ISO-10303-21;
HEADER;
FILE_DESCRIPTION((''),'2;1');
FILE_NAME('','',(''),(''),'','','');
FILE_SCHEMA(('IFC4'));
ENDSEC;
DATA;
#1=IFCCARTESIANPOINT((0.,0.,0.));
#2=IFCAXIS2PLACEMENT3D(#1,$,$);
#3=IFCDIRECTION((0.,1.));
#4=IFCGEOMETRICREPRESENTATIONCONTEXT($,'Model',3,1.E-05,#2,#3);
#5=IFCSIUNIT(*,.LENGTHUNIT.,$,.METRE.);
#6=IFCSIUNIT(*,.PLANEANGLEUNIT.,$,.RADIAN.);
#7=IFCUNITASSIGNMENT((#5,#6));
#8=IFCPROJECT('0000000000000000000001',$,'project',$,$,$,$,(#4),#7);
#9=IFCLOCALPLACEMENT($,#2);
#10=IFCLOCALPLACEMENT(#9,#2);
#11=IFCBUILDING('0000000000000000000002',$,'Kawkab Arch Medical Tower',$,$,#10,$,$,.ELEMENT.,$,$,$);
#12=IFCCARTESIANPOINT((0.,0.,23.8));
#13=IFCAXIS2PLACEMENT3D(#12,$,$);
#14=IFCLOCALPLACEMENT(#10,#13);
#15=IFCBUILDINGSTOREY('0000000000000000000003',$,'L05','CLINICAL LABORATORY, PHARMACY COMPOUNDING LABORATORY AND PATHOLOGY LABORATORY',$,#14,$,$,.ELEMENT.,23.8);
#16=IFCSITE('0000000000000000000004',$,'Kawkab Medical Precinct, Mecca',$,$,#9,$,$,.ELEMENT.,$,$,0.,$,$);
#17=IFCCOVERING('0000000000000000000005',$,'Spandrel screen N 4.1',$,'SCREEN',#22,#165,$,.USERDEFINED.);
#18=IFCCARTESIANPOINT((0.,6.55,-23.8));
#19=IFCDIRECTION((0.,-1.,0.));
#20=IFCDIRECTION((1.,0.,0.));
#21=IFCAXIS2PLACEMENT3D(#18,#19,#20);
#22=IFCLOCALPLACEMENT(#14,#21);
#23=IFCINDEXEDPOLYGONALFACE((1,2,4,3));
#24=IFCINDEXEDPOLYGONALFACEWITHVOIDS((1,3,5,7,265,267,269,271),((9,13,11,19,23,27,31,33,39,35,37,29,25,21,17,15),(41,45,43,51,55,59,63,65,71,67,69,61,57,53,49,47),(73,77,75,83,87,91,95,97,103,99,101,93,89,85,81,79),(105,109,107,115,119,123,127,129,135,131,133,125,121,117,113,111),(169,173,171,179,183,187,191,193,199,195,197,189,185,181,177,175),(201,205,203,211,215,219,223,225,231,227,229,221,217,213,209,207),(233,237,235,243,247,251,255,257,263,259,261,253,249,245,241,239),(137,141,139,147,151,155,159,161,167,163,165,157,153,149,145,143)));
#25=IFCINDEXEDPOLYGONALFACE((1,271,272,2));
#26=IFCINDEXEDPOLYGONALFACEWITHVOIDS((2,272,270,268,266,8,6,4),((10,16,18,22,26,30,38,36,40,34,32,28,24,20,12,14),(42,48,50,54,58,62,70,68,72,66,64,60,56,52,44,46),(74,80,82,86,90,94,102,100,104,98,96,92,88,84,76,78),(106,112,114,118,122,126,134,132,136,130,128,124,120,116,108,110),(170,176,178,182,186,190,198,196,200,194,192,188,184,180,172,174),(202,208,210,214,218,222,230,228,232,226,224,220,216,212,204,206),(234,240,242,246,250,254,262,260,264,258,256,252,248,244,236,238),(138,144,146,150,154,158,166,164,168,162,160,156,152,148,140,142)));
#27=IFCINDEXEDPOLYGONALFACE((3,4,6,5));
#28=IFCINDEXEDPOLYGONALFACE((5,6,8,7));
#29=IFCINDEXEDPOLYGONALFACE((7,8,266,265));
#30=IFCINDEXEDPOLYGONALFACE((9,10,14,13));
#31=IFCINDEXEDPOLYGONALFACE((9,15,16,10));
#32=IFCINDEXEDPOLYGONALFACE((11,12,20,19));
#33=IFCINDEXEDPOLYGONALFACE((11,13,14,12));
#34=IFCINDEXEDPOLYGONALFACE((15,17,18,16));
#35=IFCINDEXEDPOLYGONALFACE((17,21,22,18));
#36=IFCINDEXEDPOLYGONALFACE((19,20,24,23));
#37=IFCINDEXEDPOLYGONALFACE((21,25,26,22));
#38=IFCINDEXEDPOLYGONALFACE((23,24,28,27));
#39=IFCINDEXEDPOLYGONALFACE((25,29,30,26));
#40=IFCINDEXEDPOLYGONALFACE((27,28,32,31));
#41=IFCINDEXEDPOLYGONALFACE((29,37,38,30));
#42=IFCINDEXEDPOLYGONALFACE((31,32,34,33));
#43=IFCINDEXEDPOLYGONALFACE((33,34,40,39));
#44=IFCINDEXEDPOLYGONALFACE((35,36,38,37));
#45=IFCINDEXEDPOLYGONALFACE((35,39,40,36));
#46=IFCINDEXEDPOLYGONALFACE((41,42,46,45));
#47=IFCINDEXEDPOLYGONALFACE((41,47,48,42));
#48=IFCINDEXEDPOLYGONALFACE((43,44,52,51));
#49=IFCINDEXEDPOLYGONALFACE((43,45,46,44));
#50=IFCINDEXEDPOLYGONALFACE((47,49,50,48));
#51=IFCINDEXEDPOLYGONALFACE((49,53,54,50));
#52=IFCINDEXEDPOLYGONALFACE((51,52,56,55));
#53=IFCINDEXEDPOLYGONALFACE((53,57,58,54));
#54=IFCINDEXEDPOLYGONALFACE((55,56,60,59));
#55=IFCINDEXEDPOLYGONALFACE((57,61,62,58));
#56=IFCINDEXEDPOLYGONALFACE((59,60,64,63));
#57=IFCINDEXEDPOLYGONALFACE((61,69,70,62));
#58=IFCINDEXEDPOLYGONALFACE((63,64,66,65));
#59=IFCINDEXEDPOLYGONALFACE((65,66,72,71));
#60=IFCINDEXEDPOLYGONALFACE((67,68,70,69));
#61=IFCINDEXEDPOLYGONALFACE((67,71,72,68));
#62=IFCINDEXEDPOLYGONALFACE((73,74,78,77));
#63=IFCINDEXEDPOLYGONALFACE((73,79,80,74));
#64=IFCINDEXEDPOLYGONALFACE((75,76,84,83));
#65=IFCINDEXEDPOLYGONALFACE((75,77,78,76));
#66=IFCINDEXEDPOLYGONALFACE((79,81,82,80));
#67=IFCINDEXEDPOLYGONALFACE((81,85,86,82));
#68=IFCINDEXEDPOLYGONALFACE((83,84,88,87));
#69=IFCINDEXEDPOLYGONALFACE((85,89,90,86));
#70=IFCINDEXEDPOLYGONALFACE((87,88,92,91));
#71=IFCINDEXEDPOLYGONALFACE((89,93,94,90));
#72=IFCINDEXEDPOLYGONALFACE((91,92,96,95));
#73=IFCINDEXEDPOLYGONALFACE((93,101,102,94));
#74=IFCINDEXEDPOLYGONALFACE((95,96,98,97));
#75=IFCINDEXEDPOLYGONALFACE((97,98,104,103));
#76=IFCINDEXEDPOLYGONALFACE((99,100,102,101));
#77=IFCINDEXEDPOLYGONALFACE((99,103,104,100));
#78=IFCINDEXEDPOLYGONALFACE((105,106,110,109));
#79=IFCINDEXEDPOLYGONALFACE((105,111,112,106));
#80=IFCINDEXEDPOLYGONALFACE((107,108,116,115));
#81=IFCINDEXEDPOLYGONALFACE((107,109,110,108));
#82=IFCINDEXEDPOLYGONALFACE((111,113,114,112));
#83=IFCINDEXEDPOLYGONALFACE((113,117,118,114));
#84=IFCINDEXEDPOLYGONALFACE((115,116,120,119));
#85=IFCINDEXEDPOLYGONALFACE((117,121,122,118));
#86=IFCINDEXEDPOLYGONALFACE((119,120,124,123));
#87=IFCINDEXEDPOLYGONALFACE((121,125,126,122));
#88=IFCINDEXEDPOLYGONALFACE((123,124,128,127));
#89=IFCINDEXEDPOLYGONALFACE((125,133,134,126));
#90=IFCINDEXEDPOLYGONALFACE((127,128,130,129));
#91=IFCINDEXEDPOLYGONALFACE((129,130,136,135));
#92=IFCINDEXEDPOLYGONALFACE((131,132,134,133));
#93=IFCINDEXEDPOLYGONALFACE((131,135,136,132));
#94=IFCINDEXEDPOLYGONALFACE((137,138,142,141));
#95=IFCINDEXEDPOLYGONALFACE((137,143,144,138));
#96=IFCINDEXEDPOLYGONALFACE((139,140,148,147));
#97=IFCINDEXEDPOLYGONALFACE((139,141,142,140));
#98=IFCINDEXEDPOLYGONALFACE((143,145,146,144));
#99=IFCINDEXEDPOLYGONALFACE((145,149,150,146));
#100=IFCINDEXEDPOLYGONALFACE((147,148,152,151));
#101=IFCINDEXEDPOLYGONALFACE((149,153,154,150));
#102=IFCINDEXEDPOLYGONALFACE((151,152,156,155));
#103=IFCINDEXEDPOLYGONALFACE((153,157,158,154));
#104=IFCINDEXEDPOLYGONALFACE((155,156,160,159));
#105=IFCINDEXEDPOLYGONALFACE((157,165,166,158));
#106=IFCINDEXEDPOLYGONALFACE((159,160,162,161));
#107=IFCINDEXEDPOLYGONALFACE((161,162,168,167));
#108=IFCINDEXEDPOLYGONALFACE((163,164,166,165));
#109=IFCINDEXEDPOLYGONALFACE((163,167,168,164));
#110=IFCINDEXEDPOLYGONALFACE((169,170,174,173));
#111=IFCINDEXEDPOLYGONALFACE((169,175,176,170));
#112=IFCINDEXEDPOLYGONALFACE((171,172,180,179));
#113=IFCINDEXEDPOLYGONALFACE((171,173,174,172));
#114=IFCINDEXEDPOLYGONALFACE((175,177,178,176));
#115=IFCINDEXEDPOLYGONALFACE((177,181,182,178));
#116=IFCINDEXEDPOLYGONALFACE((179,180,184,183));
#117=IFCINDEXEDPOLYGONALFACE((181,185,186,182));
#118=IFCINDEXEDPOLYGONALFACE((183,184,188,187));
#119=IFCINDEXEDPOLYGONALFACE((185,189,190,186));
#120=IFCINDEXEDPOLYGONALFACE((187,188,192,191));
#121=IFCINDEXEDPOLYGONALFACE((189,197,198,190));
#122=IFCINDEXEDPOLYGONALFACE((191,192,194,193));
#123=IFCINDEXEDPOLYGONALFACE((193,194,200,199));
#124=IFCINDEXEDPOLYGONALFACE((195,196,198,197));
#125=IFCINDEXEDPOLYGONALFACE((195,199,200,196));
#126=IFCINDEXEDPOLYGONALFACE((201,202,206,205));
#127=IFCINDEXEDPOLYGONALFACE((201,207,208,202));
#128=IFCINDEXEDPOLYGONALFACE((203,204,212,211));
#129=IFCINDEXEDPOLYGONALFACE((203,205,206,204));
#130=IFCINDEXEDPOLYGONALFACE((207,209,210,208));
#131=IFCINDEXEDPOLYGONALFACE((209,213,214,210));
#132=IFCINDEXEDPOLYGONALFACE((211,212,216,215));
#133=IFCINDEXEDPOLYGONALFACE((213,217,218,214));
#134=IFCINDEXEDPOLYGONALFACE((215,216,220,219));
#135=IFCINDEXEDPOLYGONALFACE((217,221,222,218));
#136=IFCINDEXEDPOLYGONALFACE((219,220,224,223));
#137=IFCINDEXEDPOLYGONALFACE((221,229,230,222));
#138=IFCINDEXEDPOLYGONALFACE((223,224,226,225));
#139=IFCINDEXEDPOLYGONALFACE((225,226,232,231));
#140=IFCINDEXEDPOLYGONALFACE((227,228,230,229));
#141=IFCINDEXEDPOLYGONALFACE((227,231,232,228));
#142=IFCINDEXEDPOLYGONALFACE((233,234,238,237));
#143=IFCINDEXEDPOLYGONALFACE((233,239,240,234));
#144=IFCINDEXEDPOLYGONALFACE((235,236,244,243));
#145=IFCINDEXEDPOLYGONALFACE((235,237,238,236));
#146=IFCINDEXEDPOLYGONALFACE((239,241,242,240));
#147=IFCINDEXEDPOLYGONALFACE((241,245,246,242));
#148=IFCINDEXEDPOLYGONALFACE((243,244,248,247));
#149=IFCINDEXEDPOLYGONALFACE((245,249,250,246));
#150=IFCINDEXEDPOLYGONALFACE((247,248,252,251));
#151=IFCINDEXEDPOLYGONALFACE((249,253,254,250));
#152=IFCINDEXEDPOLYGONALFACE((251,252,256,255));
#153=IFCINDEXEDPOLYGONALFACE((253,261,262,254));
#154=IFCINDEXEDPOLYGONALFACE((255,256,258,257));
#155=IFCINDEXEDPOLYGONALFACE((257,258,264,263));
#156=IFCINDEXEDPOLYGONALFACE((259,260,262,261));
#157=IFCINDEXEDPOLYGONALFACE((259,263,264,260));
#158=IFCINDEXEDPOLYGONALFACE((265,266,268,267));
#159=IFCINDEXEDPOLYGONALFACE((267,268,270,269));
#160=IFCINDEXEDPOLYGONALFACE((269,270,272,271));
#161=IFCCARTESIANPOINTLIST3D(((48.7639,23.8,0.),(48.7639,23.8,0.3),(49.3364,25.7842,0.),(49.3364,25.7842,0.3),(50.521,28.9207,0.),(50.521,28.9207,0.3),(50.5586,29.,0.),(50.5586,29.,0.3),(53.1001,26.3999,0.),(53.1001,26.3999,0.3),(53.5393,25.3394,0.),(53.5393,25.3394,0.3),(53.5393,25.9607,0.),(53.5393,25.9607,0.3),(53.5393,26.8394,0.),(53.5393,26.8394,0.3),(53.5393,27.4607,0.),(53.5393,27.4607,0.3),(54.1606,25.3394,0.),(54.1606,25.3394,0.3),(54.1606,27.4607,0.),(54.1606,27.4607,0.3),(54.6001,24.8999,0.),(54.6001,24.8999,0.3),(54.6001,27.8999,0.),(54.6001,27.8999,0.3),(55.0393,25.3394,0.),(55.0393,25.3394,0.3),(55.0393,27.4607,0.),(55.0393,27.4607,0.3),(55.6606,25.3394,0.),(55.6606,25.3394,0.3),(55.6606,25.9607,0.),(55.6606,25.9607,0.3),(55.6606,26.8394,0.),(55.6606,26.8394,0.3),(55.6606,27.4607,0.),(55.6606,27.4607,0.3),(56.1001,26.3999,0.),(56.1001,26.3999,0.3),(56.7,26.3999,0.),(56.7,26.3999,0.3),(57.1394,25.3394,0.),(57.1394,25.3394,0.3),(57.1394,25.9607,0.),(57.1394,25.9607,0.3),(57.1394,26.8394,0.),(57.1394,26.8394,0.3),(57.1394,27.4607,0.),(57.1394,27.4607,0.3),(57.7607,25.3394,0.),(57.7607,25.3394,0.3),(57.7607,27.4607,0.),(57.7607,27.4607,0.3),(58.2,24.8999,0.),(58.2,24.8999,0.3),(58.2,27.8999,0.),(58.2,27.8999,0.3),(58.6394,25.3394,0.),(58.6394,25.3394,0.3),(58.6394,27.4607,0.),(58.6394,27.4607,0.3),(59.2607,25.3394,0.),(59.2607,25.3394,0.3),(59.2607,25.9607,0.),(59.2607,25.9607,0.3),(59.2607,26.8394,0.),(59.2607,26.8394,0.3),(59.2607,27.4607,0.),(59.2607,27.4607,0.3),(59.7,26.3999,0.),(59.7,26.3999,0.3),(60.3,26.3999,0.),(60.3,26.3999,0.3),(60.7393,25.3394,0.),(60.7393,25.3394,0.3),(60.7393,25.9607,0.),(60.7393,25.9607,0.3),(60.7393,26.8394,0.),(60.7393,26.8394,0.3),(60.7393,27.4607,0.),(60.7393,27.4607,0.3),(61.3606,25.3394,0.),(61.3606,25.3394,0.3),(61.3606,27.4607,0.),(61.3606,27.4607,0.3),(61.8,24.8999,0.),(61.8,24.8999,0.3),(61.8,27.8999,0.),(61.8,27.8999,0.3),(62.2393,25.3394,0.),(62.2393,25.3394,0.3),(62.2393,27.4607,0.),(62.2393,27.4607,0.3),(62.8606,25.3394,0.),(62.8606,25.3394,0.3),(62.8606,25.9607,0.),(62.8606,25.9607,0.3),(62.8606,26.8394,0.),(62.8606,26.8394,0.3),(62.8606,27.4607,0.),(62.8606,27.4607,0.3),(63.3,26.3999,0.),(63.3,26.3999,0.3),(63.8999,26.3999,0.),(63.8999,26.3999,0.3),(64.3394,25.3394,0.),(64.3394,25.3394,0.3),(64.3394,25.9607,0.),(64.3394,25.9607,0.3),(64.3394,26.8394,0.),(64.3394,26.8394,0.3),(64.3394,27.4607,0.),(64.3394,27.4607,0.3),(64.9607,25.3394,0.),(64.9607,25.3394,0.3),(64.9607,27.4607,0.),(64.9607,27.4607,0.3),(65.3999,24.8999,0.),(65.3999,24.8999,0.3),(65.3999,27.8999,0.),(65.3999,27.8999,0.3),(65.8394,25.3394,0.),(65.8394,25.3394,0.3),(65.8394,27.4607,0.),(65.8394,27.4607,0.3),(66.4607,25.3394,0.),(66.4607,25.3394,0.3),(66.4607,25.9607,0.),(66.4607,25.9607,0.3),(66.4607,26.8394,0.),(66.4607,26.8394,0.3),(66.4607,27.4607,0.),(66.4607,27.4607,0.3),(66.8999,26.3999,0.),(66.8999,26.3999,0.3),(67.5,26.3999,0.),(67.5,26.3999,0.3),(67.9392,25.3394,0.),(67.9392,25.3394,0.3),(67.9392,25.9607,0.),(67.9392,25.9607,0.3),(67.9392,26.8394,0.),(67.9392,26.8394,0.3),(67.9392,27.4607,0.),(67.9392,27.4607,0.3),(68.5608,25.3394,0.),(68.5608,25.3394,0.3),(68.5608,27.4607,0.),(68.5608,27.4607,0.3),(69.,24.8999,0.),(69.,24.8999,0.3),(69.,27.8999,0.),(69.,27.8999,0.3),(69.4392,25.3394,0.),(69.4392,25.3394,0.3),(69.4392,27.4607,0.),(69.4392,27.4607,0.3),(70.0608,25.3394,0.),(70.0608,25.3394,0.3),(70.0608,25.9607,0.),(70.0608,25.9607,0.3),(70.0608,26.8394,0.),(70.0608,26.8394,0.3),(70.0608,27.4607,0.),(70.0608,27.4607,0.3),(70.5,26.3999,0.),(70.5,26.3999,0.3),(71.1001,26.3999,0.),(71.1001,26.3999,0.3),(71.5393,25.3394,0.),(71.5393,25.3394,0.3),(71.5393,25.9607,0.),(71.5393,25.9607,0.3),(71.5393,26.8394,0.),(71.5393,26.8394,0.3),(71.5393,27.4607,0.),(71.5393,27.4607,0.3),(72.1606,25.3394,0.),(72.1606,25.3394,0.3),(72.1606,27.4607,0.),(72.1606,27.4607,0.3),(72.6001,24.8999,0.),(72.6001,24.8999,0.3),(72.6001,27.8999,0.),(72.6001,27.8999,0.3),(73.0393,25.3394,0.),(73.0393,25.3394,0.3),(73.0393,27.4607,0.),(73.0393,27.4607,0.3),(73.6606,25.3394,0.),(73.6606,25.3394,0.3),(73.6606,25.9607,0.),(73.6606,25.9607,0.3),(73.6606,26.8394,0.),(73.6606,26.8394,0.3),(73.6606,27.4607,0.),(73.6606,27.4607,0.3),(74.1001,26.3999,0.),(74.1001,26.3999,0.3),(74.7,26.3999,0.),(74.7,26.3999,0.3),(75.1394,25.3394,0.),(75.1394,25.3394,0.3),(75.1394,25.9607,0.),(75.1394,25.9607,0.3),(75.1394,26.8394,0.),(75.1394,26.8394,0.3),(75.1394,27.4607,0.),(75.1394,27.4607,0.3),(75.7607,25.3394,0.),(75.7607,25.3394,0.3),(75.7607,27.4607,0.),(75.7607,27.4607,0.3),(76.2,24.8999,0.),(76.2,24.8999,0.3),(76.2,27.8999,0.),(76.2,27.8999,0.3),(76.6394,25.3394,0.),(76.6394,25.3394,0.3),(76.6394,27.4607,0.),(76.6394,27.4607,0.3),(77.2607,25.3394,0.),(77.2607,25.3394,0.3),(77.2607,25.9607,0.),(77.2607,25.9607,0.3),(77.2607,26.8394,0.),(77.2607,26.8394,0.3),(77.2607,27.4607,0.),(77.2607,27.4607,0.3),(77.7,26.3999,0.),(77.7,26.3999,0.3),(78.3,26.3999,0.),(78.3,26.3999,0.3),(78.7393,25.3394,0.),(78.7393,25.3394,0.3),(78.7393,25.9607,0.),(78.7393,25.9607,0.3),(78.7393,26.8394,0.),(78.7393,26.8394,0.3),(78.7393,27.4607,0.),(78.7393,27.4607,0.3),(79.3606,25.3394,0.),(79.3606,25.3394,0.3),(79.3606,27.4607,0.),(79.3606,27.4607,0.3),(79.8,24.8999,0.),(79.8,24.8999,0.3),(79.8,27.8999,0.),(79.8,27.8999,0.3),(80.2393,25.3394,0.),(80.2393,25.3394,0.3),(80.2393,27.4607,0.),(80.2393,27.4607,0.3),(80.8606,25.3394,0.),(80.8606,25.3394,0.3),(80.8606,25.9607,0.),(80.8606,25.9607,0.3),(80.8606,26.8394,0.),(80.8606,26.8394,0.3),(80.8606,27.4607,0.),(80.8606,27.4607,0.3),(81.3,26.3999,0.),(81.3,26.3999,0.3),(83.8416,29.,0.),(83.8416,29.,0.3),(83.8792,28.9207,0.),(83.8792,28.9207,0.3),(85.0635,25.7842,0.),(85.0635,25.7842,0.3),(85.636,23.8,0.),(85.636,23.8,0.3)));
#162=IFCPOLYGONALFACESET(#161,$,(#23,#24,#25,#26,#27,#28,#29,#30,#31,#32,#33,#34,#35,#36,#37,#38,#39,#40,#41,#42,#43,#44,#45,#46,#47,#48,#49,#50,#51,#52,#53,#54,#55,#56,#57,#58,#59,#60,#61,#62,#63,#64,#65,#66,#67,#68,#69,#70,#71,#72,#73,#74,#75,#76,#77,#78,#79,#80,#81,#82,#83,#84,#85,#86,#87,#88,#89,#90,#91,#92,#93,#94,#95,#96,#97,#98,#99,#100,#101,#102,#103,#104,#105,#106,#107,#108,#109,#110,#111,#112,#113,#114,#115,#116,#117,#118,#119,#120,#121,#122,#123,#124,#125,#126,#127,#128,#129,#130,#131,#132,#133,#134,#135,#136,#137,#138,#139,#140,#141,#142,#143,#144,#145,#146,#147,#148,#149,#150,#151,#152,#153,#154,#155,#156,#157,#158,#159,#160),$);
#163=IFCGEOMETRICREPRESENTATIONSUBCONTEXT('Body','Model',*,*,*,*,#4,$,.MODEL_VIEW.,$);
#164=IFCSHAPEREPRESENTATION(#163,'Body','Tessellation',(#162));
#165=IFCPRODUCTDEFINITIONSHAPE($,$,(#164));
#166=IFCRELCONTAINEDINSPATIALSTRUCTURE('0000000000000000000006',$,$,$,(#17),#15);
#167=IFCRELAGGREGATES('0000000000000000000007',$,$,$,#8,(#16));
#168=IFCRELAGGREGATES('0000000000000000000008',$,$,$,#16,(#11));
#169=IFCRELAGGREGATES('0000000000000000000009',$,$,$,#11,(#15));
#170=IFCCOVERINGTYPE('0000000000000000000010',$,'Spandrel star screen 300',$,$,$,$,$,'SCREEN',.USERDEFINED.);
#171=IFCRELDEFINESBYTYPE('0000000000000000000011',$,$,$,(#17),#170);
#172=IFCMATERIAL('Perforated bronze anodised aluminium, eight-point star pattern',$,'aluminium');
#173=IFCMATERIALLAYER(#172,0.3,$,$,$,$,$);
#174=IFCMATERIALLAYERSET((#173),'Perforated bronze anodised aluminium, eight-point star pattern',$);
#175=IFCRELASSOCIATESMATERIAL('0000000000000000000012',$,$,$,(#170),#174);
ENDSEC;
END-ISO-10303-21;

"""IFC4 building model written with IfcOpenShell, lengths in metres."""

from ifc_helpers import new_model, si_unit, direction, frame, origin, place, context, subcontext, project, spatial, polyline, outline, extrude, material, layer, layer_set, type_object, element, save


model = new_model("IFC4")

# Units and contexts
model_context = context("Model", 3, precision=1e-05, world=origin(), true_north=direction((0.0, 1.0)))
body_context = subcontext(model_context, "Body", "Model", "MODEL_VIEW")
ifc_project = project(units=[si_unit("LENGTHUNIT", "METRE"), si_unit("PLANEANGLEUNIT", "RADIAN")], contexts=[model_context])

# Site, building, storey
site_placement = place(None, origin())
site = spatial("IfcSite", under=ifc_project, at=site_placement, Name="Kawkab Medical Precinct, Mecca", CompositionType="ELEMENT", RefElevation=0.0)
building_placement = place(site_placement, origin())
building = spatial("IfcBuilding", under=site, at=building_placement, Name="Kawkab Arch Medical Tower", CompositionType="ELEMENT")
storey_placement = place(building_placement, frame((0.0, 0.0, 23.8)))
storey = spatial("IfcBuildingStorey", under=building, at=storey_placement, Name="L05", Description="CLINICAL LABORATORY, PHARMACY COMPOUNDING LABORATORY AND PATHOLOGY LABORATORY", CompositionType="ELEMENT", Elevation=23.8)

# Covering
ifc_material_1 = material(Name="Perforated bronze anodised aluminium, eight-point star pattern", Category="aluminium")
ifc_layer = layer(ifc_material_1, 0.3)
ifc_layer_set = layer_set([ifc_layer], Name="Perforated bronze anodised aluminium, eight-point star pattern")
covering_type = type_object("IfcCoveringType", Name="Spandrel star screen 300", ElementType="SCREEN", PredefinedType="USERDEFINED", material=ifc_layer_set)
covering_placement = place(storey_placement, frame((0.0, 6.55, -23.8), z_axis=(0.0, -1.0, 0.0), x_axis=(1.0, 0.0, 0.0)))
element("IfcCovering", 1, at=covering_placement, inside=storey, type_object=covering_type, Name="Spandrel screen N 4.1", ObjectType="SCREEN", PredefinedType="USERDEFINED", context=body_context, shape_type="SweptSolid", body=[
    extrude(outline(polyline([(48.7639, 23.8), (85.636, 23.8), (85.0635, 25.7842), (83.8792, 28.9207), (83.8416, 29.0), (50.5586, 29.0), (50.521, 28.9207), (49.3364, 25.7842), (48.7639, 23.8)]), holes=[polyline([(56.1001, 26.3999), (55.6606, 26.8394), (55.6606, 27.4607), (55.0393, 27.4607), (54.6001, 27.8999), (54.1606, 27.4607), (53.5393, 27.4607), (53.5393, 26.8394), (53.1001, 26.3999), (53.5393, 25.9607), (53.5393, 25.3394), (54.1606, 25.3394), (54.6001, 24.8999), (55.0393, 25.3394), (55.6606, 25.3394), (55.6606, 25.9607), (56.1001, 26.3999)]), polyline([(59.7, 26.3999), (59.2607, 26.8394), (59.2607, 27.4607), (58.6394, 27.4607), (58.2, 27.8999), (57.7607, 27.4607), (57.1394, 27.4607), (57.1394, 26.8394), (56.7, 26.3999), (57.1394, 25.9607), (57.1394, 25.3394), (57.7607, 25.3394), (58.2, 24.8999), (58.6394, 25.3394), (59.2607, 25.3394), (59.2607, 25.9607), (59.7, 26.3999)]), polyline([(63.3, 26.3999), (62.8606, 26.8394), (62.8606, 27.4607), (62.2393, 27.4607), (61.8, 27.8999), (61.3606, 27.4607), (60.7393, 27.4607), (60.7393, 26.8394), (60.3, 26.3999), (60.7393, 25.9607), (60.7393, 25.3394), (61.3606, 25.3394), (61.8, 24.8999), (62.2393, 25.3394), (62.8606, 25.3394), (62.8606, 25.9607), (63.3, 26.3999)]), polyline([(66.8999, 26.3999), (66.4607, 26.8394), (66.4607, 27.4607), (65.8394, 27.4607), (65.3999, 27.8999), (64.9607, 27.4607), (64.3394, 27.4607), (64.3394, 26.8394), (63.8999, 26.3999), (64.3394, 25.9607), (64.3394, 25.3394), (64.9607, 25.3394), (65.3999, 24.8999), (65.8394, 25.3394), (66.4607, 25.3394), (66.4607, 25.9607), (66.8999, 26.3999)]), polyline([(70.5, 26.3999), (70.0608, 26.8394), (70.0608, 27.4607), (69.4392, 27.4607), (69.0, 27.8999), (68.5608, 27.4607), (67.9392, 27.4607), (67.9392, 26.8394), (67.5, 26.3999), (67.9392, 25.9607), (67.9392, 25.3394), (68.5608, 25.3394), (69.0, 24.8999), (69.4392, 25.3394), (70.0608, 25.3394), (70.0608, 25.9607), (70.5, 26.3999)]), polyline([(74.1001, 26.3999), (73.6606, 26.8394), (73.6606, 27.4607), (73.0393, 27.4607), (72.6001, 27.8999), (72.1606, 27.4607), (71.5393, 27.4607), (71.5393, 26.8394), (71.1001, 26.3999), (71.5393, 25.9607), (71.5393, 25.3394), (72.1606, 25.3394), (72.6001, 24.8999), (73.0393, 25.3394), (73.6606, 25.3394), (73.6606, 25.9607), (74.1001, 26.3999)]), polyline([(77.7, 26.3999), (77.2607, 26.8394), (77.2607, 27.4607), (76.6394, 27.4607), (76.2, 27.8999), (75.7607, 27.4607), (75.1394, 27.4607), (75.1394, 26.8394), (74.7, 26.3999), (75.1394, 25.9607), (75.1394, 25.3394), (75.7607, 25.3394), (76.2, 24.8999), (76.6394, 25.3394), (77.2607, 25.3394), (77.2607, 25.9607), (77.7, 26.3999)]), polyline([(81.3, 26.3999), (80.8606, 26.8394), (80.8606, 27.4607), (80.2393, 27.4607), (79.8, 27.8999), (79.3606, 27.4607), (78.7393, 27.4607), (78.7393, 26.8394), (78.3, 26.3999), (78.7393, 25.9607), (78.7393, 25.3394), (79.3606, 25.3394), (79.8, 24.8999), (80.2393, 25.3394), (80.8606, 25.3394), (80.8606, 25.9607), (81.3, 26.3999)])]), origin(), (0.0, 0.0, 1.0), 0.3),
])

save(model, "model.ifc")
